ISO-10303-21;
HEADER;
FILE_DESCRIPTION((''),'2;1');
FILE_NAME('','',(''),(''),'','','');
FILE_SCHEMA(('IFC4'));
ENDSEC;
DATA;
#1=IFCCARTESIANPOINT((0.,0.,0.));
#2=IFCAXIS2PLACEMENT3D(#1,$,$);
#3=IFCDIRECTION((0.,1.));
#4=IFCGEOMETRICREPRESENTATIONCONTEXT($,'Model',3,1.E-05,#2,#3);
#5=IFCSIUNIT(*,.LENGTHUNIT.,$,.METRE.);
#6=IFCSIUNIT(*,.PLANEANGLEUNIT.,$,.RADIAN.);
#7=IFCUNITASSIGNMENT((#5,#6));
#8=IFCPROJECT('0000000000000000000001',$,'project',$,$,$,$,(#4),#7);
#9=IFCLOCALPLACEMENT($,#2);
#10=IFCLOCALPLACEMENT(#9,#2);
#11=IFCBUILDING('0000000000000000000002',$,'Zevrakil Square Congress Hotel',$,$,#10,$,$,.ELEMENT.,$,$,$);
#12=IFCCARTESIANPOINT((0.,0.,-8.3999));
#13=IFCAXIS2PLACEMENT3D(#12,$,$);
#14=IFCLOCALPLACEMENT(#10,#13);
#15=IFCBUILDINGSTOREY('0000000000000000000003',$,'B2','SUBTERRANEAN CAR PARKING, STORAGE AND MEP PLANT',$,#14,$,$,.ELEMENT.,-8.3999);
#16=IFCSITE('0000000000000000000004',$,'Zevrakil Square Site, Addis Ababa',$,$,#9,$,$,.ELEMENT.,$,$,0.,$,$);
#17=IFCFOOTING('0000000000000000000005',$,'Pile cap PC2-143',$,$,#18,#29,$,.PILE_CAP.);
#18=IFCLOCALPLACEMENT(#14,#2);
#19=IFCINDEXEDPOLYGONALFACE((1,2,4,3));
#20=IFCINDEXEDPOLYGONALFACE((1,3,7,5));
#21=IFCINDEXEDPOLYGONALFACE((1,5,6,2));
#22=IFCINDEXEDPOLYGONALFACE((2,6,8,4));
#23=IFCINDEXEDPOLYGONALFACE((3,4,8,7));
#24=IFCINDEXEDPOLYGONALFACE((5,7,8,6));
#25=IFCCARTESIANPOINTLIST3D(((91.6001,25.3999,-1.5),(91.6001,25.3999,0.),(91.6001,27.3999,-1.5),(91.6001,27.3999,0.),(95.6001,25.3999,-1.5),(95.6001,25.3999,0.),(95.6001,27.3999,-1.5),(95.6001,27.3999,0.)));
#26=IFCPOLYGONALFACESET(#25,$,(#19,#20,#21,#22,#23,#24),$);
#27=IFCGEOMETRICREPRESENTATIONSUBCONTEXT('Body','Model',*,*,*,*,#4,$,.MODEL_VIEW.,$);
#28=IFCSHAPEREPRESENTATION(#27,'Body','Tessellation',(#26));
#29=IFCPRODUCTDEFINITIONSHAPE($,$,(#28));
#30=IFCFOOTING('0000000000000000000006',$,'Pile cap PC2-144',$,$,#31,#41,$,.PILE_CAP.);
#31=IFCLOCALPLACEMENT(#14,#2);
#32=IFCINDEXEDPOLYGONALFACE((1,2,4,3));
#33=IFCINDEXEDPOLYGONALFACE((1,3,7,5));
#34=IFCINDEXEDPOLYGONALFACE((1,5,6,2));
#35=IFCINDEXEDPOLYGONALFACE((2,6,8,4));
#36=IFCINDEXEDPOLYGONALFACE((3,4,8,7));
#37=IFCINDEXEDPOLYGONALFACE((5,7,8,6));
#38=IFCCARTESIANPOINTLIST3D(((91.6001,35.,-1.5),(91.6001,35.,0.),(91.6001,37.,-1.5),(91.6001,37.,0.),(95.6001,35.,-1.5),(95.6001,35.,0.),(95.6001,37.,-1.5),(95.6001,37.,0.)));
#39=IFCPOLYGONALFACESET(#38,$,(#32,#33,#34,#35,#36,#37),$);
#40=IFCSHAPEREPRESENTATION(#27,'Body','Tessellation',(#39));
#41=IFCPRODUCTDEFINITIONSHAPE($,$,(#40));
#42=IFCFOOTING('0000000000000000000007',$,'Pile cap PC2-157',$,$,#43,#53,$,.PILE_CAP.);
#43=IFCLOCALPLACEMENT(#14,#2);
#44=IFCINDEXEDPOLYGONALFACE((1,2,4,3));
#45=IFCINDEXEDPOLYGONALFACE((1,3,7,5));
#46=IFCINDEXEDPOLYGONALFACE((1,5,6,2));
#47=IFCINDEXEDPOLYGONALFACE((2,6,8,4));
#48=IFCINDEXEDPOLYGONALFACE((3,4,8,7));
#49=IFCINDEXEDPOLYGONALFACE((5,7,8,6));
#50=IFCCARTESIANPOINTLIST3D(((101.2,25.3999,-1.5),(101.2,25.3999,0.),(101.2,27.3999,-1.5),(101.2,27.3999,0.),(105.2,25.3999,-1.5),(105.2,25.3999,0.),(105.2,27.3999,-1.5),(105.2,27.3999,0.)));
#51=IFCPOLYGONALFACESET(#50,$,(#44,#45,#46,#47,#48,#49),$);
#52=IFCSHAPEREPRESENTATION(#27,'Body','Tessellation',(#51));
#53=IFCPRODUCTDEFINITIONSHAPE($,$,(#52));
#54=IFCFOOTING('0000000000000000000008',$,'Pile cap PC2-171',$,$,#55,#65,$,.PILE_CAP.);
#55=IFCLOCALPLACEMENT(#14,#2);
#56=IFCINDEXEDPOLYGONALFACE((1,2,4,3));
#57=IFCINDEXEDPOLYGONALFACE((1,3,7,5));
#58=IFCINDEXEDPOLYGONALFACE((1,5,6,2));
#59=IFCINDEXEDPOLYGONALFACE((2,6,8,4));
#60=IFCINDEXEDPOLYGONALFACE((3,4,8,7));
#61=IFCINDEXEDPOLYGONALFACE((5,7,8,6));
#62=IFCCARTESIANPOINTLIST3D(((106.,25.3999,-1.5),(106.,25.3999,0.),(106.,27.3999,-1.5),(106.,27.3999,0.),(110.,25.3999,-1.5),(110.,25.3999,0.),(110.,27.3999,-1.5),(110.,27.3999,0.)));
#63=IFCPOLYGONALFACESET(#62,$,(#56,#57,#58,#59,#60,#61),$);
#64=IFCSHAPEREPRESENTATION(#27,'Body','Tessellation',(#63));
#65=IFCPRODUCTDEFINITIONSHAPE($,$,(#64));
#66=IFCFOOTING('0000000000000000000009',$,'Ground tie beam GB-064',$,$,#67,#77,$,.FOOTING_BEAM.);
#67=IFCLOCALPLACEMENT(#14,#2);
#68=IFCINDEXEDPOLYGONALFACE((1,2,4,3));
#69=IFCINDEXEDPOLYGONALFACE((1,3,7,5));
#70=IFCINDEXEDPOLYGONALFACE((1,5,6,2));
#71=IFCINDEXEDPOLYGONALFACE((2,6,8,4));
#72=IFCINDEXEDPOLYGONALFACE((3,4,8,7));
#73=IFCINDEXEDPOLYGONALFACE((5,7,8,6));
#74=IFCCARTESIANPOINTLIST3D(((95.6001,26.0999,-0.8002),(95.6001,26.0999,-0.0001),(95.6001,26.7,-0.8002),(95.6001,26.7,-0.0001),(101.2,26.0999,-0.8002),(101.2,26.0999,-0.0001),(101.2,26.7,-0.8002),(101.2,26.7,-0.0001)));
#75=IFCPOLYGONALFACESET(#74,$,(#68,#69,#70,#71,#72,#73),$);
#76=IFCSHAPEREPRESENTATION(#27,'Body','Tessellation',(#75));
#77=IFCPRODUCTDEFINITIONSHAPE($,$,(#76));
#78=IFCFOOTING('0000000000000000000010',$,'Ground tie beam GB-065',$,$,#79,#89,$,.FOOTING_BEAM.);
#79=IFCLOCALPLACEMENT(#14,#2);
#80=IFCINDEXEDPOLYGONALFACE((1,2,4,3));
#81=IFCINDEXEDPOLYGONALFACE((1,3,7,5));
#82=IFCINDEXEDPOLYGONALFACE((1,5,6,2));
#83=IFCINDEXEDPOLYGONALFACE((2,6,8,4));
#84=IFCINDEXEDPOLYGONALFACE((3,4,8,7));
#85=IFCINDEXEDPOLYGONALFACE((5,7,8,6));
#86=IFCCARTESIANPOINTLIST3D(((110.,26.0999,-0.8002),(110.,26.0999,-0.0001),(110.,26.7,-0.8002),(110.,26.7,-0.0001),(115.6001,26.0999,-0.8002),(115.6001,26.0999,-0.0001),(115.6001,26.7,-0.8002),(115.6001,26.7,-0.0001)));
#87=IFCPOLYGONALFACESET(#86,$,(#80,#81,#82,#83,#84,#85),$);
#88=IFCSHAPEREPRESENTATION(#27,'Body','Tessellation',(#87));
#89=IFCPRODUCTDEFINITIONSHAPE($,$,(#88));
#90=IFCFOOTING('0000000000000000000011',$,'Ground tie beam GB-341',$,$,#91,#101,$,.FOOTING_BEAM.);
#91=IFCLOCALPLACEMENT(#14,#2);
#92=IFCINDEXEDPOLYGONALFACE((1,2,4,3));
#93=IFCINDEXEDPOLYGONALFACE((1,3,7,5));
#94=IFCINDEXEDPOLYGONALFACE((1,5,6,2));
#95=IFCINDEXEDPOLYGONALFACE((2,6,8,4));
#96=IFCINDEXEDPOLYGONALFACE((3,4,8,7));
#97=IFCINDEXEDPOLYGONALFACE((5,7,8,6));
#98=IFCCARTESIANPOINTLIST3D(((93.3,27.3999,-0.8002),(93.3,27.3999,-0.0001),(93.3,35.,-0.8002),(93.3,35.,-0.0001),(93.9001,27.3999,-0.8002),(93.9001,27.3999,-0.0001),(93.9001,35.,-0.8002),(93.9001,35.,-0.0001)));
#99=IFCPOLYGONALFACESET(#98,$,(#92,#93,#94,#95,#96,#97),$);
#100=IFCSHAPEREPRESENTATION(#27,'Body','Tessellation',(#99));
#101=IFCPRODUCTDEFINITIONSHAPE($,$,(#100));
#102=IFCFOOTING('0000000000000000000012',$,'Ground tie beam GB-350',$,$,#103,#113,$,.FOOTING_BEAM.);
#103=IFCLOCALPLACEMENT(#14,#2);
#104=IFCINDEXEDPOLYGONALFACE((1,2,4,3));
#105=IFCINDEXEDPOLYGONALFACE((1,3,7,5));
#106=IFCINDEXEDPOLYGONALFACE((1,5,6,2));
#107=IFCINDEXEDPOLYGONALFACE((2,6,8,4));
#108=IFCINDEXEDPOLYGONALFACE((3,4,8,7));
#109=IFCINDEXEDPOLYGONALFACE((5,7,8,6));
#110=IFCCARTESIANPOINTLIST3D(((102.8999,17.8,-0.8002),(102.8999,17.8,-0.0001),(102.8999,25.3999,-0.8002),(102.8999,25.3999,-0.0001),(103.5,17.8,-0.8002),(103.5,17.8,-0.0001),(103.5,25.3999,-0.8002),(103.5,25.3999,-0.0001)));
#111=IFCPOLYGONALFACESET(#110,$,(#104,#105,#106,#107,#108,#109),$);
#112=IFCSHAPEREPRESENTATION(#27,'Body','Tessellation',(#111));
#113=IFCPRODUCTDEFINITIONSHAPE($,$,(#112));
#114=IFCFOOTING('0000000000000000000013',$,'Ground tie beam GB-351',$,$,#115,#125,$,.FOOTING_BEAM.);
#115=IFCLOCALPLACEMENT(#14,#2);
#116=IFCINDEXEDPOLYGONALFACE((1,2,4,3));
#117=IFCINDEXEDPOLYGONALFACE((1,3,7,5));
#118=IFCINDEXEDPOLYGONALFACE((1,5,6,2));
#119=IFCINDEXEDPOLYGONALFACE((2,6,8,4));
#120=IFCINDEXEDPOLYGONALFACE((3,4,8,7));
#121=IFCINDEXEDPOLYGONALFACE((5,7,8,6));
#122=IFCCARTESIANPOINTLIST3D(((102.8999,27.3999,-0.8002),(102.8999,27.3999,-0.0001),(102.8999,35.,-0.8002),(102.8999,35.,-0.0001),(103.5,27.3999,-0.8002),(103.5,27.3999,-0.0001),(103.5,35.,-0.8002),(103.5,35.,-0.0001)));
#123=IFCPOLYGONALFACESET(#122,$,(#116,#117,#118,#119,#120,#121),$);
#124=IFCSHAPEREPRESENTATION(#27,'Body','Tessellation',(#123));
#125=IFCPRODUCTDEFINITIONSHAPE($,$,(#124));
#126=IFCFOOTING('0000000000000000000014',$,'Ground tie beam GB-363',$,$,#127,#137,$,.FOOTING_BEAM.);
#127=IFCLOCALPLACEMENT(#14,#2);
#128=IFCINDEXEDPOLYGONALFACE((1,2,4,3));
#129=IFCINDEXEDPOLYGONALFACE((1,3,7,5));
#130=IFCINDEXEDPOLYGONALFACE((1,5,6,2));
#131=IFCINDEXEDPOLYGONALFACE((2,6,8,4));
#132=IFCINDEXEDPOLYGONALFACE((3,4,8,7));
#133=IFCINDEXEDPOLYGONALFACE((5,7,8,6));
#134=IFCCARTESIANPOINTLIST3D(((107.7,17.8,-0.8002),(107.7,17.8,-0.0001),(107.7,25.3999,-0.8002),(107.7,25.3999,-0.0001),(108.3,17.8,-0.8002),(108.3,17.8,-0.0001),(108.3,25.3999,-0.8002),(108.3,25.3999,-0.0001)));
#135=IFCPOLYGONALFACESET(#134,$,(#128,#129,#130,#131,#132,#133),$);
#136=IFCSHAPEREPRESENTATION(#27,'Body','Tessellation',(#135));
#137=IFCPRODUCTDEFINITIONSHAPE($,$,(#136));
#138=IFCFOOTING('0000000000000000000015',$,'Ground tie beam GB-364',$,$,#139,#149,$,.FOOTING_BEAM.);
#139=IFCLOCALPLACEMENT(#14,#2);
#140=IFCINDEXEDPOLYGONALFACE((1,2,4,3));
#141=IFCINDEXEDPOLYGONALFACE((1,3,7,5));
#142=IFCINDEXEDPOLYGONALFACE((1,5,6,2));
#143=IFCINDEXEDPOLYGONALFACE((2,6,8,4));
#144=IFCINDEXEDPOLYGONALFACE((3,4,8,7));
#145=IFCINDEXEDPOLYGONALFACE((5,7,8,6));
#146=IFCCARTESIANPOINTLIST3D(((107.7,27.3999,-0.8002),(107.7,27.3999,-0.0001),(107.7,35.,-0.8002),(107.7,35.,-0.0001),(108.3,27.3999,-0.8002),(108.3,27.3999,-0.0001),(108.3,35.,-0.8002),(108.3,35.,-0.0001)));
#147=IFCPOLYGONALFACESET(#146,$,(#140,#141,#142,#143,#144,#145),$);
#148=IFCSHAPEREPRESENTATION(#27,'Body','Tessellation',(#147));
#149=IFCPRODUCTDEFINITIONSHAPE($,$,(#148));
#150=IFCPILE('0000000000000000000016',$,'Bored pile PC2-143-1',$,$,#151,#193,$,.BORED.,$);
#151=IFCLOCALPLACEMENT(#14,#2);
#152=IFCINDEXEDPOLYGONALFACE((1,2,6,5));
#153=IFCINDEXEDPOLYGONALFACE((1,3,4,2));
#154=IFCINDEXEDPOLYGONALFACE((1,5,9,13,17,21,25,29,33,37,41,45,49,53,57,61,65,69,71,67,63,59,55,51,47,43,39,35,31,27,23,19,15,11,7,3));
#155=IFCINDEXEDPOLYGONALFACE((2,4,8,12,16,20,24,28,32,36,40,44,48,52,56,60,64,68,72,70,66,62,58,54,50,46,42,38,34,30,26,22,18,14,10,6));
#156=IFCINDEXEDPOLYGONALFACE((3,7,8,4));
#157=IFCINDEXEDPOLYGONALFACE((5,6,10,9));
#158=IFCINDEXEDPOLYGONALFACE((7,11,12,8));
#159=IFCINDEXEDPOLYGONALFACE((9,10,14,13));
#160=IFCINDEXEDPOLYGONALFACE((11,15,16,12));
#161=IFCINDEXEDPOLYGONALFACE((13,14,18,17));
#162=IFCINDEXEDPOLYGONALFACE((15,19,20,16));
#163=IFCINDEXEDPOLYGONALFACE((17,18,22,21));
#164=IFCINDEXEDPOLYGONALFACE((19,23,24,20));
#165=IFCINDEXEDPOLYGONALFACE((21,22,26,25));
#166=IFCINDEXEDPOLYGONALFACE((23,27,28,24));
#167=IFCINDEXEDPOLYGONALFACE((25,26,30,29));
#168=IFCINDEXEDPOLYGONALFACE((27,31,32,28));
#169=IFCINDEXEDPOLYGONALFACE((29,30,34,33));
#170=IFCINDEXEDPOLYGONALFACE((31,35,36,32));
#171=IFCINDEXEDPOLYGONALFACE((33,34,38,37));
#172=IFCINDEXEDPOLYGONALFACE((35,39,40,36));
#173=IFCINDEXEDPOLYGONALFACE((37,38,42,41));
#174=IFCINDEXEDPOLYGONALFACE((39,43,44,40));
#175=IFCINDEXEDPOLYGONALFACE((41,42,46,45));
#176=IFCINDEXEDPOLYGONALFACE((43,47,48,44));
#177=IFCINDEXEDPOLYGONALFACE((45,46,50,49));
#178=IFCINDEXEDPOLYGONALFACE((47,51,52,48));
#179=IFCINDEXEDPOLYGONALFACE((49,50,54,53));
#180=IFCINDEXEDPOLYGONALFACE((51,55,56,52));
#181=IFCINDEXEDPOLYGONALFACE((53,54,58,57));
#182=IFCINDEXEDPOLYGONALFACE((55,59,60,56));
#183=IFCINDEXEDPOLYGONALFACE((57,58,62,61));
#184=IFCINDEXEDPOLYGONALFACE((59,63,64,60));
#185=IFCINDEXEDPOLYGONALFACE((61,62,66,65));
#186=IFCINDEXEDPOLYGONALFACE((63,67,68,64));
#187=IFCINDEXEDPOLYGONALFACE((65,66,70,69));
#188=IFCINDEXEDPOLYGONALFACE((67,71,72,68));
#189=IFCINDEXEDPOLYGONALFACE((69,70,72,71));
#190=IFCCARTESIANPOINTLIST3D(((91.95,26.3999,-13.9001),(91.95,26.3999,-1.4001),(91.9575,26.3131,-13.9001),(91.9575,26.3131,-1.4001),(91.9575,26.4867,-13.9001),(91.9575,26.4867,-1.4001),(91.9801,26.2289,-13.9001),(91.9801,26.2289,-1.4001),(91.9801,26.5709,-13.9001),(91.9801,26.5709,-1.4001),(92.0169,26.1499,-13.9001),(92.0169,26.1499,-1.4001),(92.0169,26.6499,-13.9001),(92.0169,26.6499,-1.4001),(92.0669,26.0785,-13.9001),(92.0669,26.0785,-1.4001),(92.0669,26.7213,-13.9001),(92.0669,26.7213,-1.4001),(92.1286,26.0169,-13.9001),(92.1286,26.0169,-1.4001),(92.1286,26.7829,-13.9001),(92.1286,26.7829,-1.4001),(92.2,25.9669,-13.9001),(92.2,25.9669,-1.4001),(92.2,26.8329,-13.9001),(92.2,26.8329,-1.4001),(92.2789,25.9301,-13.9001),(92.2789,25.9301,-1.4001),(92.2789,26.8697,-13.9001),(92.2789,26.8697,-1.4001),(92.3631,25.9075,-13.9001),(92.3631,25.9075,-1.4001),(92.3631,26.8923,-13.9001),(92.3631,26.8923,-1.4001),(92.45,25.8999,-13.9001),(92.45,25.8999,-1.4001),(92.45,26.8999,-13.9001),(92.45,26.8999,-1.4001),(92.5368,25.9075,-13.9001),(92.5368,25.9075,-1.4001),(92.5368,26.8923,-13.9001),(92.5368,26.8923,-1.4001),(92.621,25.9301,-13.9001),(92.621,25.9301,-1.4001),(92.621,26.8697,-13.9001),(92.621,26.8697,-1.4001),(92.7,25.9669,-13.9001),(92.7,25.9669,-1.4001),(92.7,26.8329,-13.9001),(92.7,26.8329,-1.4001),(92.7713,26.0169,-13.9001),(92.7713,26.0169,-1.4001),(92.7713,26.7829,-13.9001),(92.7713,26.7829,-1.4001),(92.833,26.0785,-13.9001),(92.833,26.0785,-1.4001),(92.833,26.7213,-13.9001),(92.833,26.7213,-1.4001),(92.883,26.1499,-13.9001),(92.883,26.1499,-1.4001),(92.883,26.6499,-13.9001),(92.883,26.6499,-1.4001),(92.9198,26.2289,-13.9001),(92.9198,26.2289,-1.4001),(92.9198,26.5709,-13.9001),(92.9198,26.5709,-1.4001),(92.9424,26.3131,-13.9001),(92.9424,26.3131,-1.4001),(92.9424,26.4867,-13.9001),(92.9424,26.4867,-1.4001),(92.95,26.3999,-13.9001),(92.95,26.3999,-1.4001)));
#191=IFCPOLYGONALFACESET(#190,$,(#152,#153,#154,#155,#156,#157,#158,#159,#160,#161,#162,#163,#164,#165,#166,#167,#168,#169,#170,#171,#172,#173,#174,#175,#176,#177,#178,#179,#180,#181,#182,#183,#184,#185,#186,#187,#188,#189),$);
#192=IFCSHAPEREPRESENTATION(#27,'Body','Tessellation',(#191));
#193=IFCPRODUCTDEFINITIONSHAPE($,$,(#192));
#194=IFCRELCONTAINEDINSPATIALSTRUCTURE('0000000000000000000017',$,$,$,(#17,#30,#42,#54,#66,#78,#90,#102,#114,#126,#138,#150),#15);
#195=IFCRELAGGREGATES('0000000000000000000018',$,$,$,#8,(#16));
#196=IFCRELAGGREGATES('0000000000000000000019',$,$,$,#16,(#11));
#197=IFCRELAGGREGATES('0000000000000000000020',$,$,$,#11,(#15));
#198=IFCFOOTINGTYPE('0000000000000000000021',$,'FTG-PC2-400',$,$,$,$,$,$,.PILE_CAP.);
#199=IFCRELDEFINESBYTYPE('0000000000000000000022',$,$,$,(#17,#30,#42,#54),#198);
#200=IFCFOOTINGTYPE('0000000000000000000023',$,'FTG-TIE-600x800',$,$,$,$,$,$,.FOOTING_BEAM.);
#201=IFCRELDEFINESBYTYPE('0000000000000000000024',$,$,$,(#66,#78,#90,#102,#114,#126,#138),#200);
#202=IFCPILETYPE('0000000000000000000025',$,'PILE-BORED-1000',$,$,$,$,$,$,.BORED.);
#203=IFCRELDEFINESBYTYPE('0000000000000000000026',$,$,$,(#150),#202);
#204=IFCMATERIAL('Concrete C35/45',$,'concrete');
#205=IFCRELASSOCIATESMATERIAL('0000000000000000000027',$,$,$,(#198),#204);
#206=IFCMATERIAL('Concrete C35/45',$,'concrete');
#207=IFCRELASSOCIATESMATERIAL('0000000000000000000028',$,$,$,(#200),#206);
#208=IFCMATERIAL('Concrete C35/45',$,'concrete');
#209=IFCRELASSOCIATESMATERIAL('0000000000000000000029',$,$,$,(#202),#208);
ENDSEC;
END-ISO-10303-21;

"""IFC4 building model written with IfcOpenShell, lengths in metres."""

from ifc_helpers import new_model, si_unit, direction, frame, origin, origin_2d, place, context, subcontext, project, spatial, rectangle, circle, extrude, material, material_profile, profile_set, type_object, element, save


model = new_model("IFC4")

# Units and contexts
model_context = context("Model", 3, precision=1e-05, world=origin(), true_north=direction((0.0, 1.0)))
body_context = subcontext(model_context, "Body", "Model", "MODEL_VIEW")
ifc_project = project(units=[si_unit("LENGTHUNIT", "METRE"), si_unit("PLANEANGLEUNIT", "RADIAN")], contexts=[model_context])

# Site, building, storey
site_placement = place(None, origin())
site = spatial("IfcSite", under=ifc_project, at=site_placement, Name="Zevrakil Square Site, Addis Ababa", CompositionType="ELEMENT", RefElevation=0.0)
building_placement = place(site_placement, origin())
building = spatial("IfcBuilding", under=site, at=building_placement, Name="Zevrakil Square Congress Hotel", CompositionType="ELEMENT")
storey_placement = place(building_placement, frame((0.0, 0.0, -8.3999)))
storey = spatial("IfcBuildingStorey", under=building, at=storey_placement, Name="B2", Description="SUBTERRANEAN CAR PARKING, STORAGE AND MEP PLANT", CompositionType="ELEMENT", Elevation=-8.3999)

# Footings
ifc_material_1 = material(Name="Concrete C35/45", Category="concrete")
footing_type_1 = type_object("IfcFootingType", Name="FTG-PC2-400", PredefinedType="PILE_CAP", material=ifc_material_1)
for number, where, z_axis, x_axis, name in (
    (1, (93.6001, 26.3999, -1.5), (0.0, 0.0, 1.0), (1.0, 0.0, 0.0), "Pile cap PC2-143"),
    (2, (93.6001, 36.0, -1.5), (0.0, 0.0, 1.0), (1.0, 0.0, 0.0), "Pile cap PC2-144"),
    (3, (103.2, 26.3999, -1.5), (0.0, 0.0, 1.0), (1.0, 0.0, 0.0), "Pile cap PC2-157"),
    (4, (108.0, 26.3999, -1.5), (0.0, 0.0, 1.0), (1.0, 0.0, 0.0), "Pile cap PC2-171"),
):
    element("IfcFooting", number, at=place(storey_placement, frame(where, z_axis=z_axis, x_axis=x_axis)), inside=storey, type_object=footing_type_1, Name=name, PredefinedType="PILE_CAP", context=body_context, shape_type="SweptSolid", body=[
        extrude(rectangle(XDim=4.0, YDim=2.0, at=origin_2d()), origin(), (0.0, 0.0, 1.0), 1.5),
    ])
ifc_material_2 = material(Name="Concrete C35/45", Category="concrete")
ifc_material_profile_1 = material_profile(ifc_material_2, rectangle(XDim=0.6001, YDim=0.8, at=origin_2d()), Name="RC 600x800")
ifc_profile_set_1 = profile_set([ifc_material_profile_1], Name="Concrete C35/45")
footing_type_2 = type_object("IfcFootingType", Name="FTG-TIE-600x800", PredefinedType="FOOTING_BEAM", material=ifc_profile_set_1)
footing_1_placement = place(storey_placement, frame((95.6001, 26.3999, -0.4001), z_axis=(1.0, 0.0, 0.0), x_axis=(0.0, 1.0, 0.0)))
element("IfcFooting", 5, at=footing_1_placement, inside=storey, type_object=footing_type_2, Name="Ground tie beam GB-064", PredefinedType="FOOTING_BEAM", context=body_context, shape_type="SweptSolid", body=[
    extrude(rectangle(XDim=0.6001, YDim=0.8, at=origin_2d()), origin(), (0.0, 0.0, 1.0), 5.5999),
])
footing_2_placement = place(storey_placement, frame((110.0, 26.3999, -0.4001), z_axis=(1.0, 0.0, 0.0), x_axis=(0.0, 1.0, 0.0)))
element("IfcFooting", 6, at=footing_2_placement, inside=storey, type_object=footing_type_2, Name="Ground tie beam GB-065", PredefinedType="FOOTING_BEAM", context=body_context, shape_type="SweptSolid", body=[
    extrude(rectangle(XDim=0.6001, YDim=0.8, at=origin_2d()), origin(), (0.0, 0.0, 1.0), 5.6001),
])
footing_3_placement = place(storey_placement, frame((93.6001, 27.3999, -0.4001), z_axis=(0.0, 1.0, 0.0), x_axis=(-1.0, 0.0, 0.0)))
element("IfcFooting", 7, at=footing_3_placement, inside=storey, type_object=footing_type_2, Name="Ground tie beam GB-341", PredefinedType="FOOTING_BEAM", context=body_context, shape_type="SweptSolid", body=[
    extrude(rectangle(XDim=0.6001, YDim=0.8, at=origin_2d()), origin(), (0.0, 0.0, 1.0), 7.6001),
])
footing_4_placement = place(storey_placement, frame((103.2, 17.8, -0.4001), z_axis=(0.0, 1.0, 0.0), x_axis=(-1.0, 0.0, 0.0)))
element("IfcFooting", 8, at=footing_4_placement, inside=storey, type_object=footing_type_2, Name="Ground tie beam GB-350", PredefinedType="FOOTING_BEAM", context=body_context, shape_type="SweptSolid", body=[
    extrude(rectangle(XDim=0.6001, YDim=0.8, at=origin_2d()), origin(), (0.0, 0.0, 1.0), 7.5999),
])
footing_5_placement = place(storey_placement, frame((103.2, 27.3999, -0.4001), z_axis=(0.0, 1.0, 0.0), x_axis=(-1.0, 0.0, 0.0)))
element("IfcFooting", 9, at=footing_5_placement, inside=storey, type_object=footing_type_2, Name="Ground tie beam GB-351", PredefinedType="FOOTING_BEAM", context=body_context, shape_type="SweptSolid", body=[
    extrude(rectangle(XDim=0.6001, YDim=0.8, at=origin_2d()), origin(), (0.0, 0.0, 1.0), 7.6001),
])
footing_6_placement = place(storey_placement, frame((108.0, 17.8, -0.4001), z_axis=(0.0, 1.0, 0.0), x_axis=(-1.0, 0.0, 0.0)))
element("IfcFooting", 10, at=footing_6_placement, inside=storey, type_object=footing_type_2, Name="Ground tie beam GB-363", PredefinedType="FOOTING_BEAM", context=body_context, shape_type="SweptSolid", body=[
    extrude(rectangle(XDim=0.6001, YDim=0.8, at=origin_2d()), origin(), (0.0, 0.0, 1.0), 7.5999),
])
footing_7_placement = place(storey_placement, frame((108.0, 27.3999, -0.4001), z_axis=(0.0, 1.0, 0.0), x_axis=(-1.0, 0.0, 0.0)))
element("IfcFooting", 11, at=footing_7_placement, inside=storey, type_object=footing_type_2, Name="Ground tie beam GB-364", PredefinedType="FOOTING_BEAM", context=body_context, shape_type="SweptSolid", body=[
    extrude(rectangle(XDim=0.6001, YDim=0.8, at=origin_2d()), origin(), (0.0, 0.0, 1.0), 7.6001),
])

# Pile
ifc_material_3 = material(Name="Concrete C35/45", Category="concrete")
ifc_material_profile_2 = material_profile(ifc_material_3, circle(Radius=0.5, at=origin_2d()), Name="PILE D1000")
ifc_profile_set_2 = profile_set([ifc_material_profile_2], Name="Concrete C35/45")
pile_type = type_object("IfcPileType", Name="PILE-BORED-1000", PredefinedType="BORED", material=ifc_profile_set_2)
for number, where, z_axis, x_axis, name in (
    (12, (92.45, 26.3999, -1.4001), (0.0, 0.0, -1.0), (1.0, 0.0, 0.0), "Bored pile PC2-143-1"),
):
    element("IfcPile", number, at=place(storey_placement, frame(where, z_axis=z_axis, x_axis=x_axis)), inside=storey, type_object=pile_type, Name=name, PredefinedType="BORED", context=body_context, shape_type="SweptSolid", body=[
        extrude(circle(Radius=0.5, at=origin_2d()), origin(), (0.0, 0.0, 1.0), 12.5),
    ])

save(model, "model.ifc")
